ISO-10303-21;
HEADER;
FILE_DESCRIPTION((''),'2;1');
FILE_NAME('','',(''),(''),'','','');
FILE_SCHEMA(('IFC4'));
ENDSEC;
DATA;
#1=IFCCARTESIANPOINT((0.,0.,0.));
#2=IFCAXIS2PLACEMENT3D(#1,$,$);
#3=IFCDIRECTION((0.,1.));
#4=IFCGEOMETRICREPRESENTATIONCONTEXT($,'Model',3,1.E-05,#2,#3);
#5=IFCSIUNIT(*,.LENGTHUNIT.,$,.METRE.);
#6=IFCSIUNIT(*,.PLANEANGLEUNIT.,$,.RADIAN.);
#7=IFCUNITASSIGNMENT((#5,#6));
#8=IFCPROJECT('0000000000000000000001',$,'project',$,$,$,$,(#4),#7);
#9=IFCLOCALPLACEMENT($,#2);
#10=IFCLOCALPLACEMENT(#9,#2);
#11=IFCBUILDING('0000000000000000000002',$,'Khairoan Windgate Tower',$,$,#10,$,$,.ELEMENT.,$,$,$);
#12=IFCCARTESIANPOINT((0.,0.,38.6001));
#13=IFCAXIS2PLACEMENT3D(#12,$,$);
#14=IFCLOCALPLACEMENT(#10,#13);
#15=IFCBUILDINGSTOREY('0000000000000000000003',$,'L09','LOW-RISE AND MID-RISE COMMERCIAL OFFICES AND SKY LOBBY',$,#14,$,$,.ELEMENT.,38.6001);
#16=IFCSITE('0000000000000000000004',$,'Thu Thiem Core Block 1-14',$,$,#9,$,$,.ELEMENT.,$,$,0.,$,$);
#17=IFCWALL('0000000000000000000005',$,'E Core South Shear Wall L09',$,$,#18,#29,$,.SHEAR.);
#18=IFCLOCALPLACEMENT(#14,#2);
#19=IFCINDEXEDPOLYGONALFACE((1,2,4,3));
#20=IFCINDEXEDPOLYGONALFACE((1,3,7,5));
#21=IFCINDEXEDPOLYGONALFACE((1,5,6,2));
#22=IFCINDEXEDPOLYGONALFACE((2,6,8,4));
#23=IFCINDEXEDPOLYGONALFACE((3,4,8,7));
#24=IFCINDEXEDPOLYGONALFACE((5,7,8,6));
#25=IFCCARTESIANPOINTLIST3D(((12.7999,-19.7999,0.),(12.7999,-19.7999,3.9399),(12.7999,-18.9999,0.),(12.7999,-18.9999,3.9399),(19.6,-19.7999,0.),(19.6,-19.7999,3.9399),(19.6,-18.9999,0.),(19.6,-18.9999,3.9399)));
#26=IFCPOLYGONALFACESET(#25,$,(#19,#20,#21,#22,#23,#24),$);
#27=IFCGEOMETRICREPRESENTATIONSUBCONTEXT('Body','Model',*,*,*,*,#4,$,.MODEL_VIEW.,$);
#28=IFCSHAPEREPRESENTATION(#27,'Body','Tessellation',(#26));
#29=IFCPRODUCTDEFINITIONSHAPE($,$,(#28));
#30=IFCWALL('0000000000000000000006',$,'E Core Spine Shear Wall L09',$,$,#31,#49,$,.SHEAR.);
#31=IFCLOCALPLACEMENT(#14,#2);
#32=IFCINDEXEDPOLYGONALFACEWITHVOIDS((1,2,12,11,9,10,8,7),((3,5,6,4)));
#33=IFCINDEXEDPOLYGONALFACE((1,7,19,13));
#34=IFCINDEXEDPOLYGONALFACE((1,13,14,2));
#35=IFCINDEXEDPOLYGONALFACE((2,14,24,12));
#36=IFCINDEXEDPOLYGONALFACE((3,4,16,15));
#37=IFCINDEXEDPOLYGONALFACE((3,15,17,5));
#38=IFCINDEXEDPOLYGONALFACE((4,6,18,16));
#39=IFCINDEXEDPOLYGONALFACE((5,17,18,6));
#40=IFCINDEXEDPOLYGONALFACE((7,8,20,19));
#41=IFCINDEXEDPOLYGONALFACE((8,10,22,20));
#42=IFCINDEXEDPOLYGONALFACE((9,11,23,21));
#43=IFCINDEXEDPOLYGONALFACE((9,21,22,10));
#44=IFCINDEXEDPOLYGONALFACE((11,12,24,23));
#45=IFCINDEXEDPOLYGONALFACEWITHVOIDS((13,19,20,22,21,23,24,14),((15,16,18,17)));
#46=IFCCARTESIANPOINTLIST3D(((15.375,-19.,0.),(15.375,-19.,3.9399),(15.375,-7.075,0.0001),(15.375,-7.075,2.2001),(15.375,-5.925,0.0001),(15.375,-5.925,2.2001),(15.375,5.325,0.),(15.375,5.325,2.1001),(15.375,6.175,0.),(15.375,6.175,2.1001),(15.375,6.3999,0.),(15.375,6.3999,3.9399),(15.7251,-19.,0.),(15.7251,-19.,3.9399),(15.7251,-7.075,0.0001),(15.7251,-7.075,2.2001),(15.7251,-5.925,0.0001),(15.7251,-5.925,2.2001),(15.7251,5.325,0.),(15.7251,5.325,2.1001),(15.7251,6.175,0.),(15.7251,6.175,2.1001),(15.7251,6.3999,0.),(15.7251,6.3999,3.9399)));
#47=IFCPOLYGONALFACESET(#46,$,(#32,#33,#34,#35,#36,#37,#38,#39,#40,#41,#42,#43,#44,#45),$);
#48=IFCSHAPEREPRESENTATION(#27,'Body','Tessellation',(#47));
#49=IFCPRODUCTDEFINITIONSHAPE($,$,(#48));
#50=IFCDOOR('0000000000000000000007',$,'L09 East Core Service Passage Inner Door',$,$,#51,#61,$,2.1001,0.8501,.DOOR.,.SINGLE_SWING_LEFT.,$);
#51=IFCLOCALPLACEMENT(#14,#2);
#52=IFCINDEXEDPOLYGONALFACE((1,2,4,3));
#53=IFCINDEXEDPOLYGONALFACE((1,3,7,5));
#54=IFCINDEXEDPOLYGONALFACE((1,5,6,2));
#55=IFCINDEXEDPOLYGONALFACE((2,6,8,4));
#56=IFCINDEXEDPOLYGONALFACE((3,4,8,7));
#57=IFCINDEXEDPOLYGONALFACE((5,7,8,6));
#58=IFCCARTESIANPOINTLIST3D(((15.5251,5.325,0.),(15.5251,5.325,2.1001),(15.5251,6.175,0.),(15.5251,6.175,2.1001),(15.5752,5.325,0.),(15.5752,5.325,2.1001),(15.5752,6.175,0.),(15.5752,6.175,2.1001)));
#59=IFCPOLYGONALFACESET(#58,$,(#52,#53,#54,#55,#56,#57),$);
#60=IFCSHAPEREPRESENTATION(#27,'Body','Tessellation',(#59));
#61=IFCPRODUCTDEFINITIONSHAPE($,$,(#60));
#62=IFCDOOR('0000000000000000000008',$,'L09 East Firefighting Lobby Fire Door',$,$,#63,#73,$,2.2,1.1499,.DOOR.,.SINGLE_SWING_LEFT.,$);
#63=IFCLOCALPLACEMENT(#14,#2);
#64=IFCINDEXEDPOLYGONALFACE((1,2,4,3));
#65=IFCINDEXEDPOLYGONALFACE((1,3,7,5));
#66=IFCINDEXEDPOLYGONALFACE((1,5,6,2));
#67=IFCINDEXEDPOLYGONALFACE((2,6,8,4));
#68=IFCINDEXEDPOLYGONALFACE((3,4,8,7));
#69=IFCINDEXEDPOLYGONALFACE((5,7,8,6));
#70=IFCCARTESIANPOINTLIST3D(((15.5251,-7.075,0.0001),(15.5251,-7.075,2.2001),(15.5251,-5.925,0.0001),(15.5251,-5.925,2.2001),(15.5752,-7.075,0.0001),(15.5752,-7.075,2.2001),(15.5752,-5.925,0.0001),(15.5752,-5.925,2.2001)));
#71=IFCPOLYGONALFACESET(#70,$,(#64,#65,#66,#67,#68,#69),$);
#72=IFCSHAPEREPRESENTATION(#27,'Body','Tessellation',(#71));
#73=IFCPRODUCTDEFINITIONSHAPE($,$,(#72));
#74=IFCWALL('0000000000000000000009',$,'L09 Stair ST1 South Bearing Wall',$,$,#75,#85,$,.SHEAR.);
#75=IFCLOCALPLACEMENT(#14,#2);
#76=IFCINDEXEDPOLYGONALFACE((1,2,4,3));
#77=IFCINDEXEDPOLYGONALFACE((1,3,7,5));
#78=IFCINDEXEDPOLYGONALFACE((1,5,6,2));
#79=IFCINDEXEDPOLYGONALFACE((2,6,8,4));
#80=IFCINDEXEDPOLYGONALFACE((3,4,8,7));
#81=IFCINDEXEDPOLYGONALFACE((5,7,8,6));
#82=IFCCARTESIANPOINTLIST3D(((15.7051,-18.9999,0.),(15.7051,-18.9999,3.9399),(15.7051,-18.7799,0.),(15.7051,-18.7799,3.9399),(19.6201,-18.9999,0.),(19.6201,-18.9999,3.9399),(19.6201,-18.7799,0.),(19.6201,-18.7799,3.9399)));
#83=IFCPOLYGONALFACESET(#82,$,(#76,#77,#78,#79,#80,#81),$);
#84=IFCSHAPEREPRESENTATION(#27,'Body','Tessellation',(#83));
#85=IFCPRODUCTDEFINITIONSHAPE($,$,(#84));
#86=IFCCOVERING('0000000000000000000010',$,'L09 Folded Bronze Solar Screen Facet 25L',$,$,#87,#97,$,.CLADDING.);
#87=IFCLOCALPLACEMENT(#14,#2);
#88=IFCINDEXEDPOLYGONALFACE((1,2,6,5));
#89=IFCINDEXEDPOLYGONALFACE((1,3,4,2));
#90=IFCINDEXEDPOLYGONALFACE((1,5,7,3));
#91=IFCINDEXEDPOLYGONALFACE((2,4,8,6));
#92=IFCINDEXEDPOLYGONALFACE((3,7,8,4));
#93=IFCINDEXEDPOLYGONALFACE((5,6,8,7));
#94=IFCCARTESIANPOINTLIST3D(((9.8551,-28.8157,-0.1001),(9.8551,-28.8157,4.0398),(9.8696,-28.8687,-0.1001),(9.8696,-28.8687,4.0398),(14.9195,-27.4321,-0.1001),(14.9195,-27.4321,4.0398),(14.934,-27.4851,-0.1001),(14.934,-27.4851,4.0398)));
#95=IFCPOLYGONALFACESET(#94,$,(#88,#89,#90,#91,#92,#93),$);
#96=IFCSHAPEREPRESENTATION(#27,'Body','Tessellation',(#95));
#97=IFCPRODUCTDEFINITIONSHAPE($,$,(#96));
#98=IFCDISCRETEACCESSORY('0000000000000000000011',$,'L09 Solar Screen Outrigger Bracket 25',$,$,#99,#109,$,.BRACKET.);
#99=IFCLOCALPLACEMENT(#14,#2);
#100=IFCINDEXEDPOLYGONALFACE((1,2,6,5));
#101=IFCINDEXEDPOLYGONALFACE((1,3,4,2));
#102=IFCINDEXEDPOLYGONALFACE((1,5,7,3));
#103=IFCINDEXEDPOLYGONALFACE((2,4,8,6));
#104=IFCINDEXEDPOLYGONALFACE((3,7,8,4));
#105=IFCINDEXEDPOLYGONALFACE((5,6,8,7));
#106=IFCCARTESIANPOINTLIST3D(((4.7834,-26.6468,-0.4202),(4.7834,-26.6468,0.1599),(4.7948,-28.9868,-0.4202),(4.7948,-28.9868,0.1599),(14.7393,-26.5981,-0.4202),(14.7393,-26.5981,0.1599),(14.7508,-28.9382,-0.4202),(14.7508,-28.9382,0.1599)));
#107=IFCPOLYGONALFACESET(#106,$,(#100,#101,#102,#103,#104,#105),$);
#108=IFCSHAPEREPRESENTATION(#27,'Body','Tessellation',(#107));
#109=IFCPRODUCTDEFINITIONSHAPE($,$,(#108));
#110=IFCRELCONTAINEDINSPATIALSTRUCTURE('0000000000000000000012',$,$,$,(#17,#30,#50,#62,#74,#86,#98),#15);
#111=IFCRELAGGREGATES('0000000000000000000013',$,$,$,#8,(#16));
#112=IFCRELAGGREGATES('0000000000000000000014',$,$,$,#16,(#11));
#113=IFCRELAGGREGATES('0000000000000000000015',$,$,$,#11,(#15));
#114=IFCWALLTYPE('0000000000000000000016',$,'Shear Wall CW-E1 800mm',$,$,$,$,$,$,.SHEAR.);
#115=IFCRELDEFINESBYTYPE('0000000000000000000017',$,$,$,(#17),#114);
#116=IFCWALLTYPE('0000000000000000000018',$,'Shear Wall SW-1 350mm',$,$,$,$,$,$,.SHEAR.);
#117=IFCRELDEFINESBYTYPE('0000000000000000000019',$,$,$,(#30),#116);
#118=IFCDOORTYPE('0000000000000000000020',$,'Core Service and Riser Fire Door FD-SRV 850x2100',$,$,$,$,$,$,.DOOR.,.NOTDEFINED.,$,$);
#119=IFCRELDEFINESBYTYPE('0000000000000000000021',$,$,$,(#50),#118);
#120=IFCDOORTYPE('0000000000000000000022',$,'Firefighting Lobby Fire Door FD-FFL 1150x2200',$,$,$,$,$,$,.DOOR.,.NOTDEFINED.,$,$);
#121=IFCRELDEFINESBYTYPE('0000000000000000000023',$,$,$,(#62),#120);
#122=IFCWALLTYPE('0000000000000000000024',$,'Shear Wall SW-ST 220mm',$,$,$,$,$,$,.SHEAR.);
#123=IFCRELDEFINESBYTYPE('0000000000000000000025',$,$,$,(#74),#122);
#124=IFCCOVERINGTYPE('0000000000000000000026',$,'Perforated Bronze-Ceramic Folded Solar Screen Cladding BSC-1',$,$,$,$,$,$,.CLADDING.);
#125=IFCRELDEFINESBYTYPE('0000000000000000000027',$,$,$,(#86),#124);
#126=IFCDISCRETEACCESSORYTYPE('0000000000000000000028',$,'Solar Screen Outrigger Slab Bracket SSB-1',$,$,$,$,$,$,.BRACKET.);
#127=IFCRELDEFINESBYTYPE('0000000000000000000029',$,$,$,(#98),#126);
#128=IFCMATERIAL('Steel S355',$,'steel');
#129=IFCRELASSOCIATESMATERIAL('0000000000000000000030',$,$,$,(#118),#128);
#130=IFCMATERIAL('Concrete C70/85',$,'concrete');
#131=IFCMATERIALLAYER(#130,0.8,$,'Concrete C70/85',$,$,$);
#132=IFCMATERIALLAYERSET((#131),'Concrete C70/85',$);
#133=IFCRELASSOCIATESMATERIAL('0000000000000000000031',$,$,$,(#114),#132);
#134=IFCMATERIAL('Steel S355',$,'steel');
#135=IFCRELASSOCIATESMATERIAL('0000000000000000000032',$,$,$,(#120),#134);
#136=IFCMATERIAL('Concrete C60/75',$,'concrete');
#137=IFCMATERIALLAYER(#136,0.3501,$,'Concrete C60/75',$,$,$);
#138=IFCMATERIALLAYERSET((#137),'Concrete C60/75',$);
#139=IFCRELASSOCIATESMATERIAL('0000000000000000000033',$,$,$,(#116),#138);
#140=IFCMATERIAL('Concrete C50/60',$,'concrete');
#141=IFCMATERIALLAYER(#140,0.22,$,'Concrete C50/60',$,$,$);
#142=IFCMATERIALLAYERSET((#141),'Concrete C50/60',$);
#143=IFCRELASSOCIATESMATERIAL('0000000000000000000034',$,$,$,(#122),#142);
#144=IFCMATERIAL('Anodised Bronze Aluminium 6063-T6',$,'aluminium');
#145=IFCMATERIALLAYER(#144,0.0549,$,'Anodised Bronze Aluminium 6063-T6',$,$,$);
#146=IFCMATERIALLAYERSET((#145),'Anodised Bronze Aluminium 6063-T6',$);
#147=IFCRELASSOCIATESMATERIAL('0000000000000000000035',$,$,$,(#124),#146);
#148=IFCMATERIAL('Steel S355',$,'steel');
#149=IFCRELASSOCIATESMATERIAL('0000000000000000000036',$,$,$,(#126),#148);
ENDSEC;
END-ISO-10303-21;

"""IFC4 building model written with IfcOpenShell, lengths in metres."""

from ifc_helpers import new_model, si_unit, direction, frame, frame_2d, origin, origin_2d, place, context, subcontext, project, spatial, rectangle, extrude, material, layer, layer_set, type_object, element, fill, save


model = new_model("IFC4")

# Units and contexts
model_context = context("Model", 3, precision=1e-05, world=origin(), true_north=direction((0.0, 1.0)))
body_context = subcontext(model_context, "Body", "Model", "MODEL_VIEW")
ifc_project = project(units=[si_unit("LENGTHUNIT", "METRE"), si_unit("PLANEANGLEUNIT", "RADIAN")], contexts=[model_context])

# Site, building, storey
site_placement = place(None, origin())
site = spatial("IfcSite", under=ifc_project, at=site_placement, Name="Thu Thiem Core Block 1-14", CompositionType="ELEMENT", RefElevation=0.0)
building_placement = place(site_placement, origin())
building = spatial("IfcBuilding", under=site, at=building_placement, Name="Khairoan Windgate Tower", CompositionType="ELEMENT")
storey_placement = place(building_placement, frame((0.0, 0.0, 38.6001)))
storey = spatial("IfcBuildingStorey", under=building, at=storey_placement, Name="L09", Description="LOW-RISE AND MID-RISE COMMERCIAL OFFICES AND SKY LOBBY", CompositionType="ELEMENT", Elevation=38.6001)

# Shared definitions
ifc_material_1 = material(Name="Steel S355", Category="steel")
door_type_1 = type_object("IfcDoorType", Name="Core Service and Riser Fire Door FD-SRV 850x2100", OperationType="NOTDEFINED", PredefinedType="DOOR", material=ifc_material_1)

# Shared definitions
ifc_material_2 = material(Name="Concrete C70/85", Category="concrete")
ifc_layer_1 = layer(ifc_material_2, 0.8, Name="Concrete C70/85")
ifc_layer_set_1 = layer_set([ifc_layer_1], Name="Concrete C70/85")
wall_type_1 = type_object("IfcWallType", Name="Shear Wall CW-E1 800mm", PredefinedType="SHEAR", material=ifc_layer_set_1)
ifc_material_3 = material(Name="Steel S355", Category="steel")
door_type_2 = type_object("IfcDoorType", Name="Firefighting Lobby Fire Door FD-FFL 1150x2200", OperationType="NOTDEFINED", PredefinedType="DOOR", material=ifc_material_3)

# Wall
wall_1_placement = place(storey_placement, frame((12.8, -19.3999, 0.0), z_axis=(0.0, 0.0, 1.0), x_axis=(1.0, 0.0, 0.0)))
element("IfcWall", 1, at=wall_1_placement, inside=storey, type_object=wall_type_1, Name="E Core South Shear Wall L09", PredefinedType="SHEAR", context=body_context, shape_type="SweptSolid", body=[
    extrude(rectangle(XDim=6.8, YDim=0.8, at=frame_2d((3.3999, 0.0))), origin(), (0.0, 0.0, 1.0), 3.9399),
])

# Wall, openings, doors
ifc_material_4 = material(Name="Concrete C60/75", Category="concrete")
ifc_layer_2 = layer(ifc_material_4, 0.3501, Name="Concrete C60/75")
ifc_layer_set_2 = layer_set([ifc_layer_2], Name="Concrete C60/75")
wall_type_2 = type_object("IfcWallType", Name="Shear Wall SW-1 350mm", PredefinedType="SHEAR", material=ifc_layer_set_2)
wall_2_placement = place(storey_placement, frame((15.55, -19.0, 0.0), z_axis=(0.0, 0.0, 1.0), x_axis=(0.0, 1.0, 0.0)))
wall_2 = element("IfcWall", 2, at=wall_2_placement, inside=storey, type_object=wall_type_2, Name="E Core Spine Shear Wall L09", PredefinedType="SHEAR", context=body_context, shape_type="SweptSolid", body=[
    extrude(rectangle(XDim=25.3999, YDim=0.3501, at=frame_2d((12.7, 0.0))), origin(), (0.0, 0.0, 1.0), 3.9399),
])
opening_1_placement = place(wall_2_placement, frame((11.925, 0.0, 0.0)))
opening_1 = element("IfcOpeningElement", 3, at=opening_1_placement, cuts=wall_2, PredefinedType="OPENING", context=body_context, shape_type="SweptSolid", body=[
    extrude(rectangle(XDim=1.1499, YDim=2.2, at=frame_2d((0.575, 1.1001))), frame((0.0, 0.1851, 0.0), z_axis=(0.0, -1.0, 0.0), x_axis=(1.0, 0.0, 0.0)), (0.0, 0.0, 1.0), 0.3701),
])
opening_2_placement = place(wall_2_placement, frame((24.325, 0.0, 0.0)))
opening_2 = element("IfcOpeningElement", 4, at=opening_2_placement, cuts=wall_2, PredefinedType="OPENING", context=body_context, shape_type="SweptSolid", body=[
    extrude(rectangle(XDim=0.8501, YDim=2.1001, at=frame_2d((0.425, 1.05))), frame((0.0, 0.1851, 0.0), z_axis=(0.0, -1.0, 0.0), x_axis=(1.0, 0.0, 0.0)), (0.0, 0.0, 1.0), 0.3701),
])
door_1_placement = place(opening_2_placement, origin())
door_1 = element("IfcDoor", 5, at=door_1_placement, inside=storey, type_object=door_type_1, Name="L09 East Core Service Passage Inner Door", OperationType="SINGLE_SWING_LEFT", OverallHeight=2.1001, OverallWidth=0.8501, PredefinedType="DOOR", context=body_context, shape_type="SweptSolid", body=[
    extrude(rectangle(XDim=0.8501, YDim=2.1001, at=frame_2d((0.425, 1.05))), frame((0.0, 0.0249, 0.0), z_axis=(0.0, -1.0, 0.0), x_axis=(1.0, 0.0, 0.0)), (0.0, 0.0, 1.0), 0.05),
])
fill(opening_2, door_1)
door_2_placement = place(opening_1_placement, origin())
door_2 = element("IfcDoor", 6, at=door_2_placement, inside=storey, type_object=door_type_2, Name="L09 East Firefighting Lobby Fire Door", OperationType="SINGLE_SWING_LEFT", OverallHeight=2.2, OverallWidth=1.1499, PredefinedType="DOOR", context=body_context, shape_type="SweptSolid", body=[
    extrude(rectangle(XDim=1.1499, YDim=2.2, at=frame_2d((0.575, 1.1001))), frame((0.0, 0.0249, 0.0), z_axis=(0.0, -1.0, 0.0), x_axis=(1.0, 0.0, 0.0)), (0.0, 0.0, 1.0), 0.05),
])
fill(opening_1, door_2)

# Wall
ifc_material_5 = material(Name="Concrete C50/60", Category="concrete")
ifc_layer_3 = layer(ifc_material_5, 0.22, Name="Concrete C50/60")
ifc_layer_set_3 = layer_set([ifc_layer_3], Name="Concrete C50/60")
wall_type_3 = type_object("IfcWallType", Name="Shear Wall SW-ST 220mm", PredefinedType="SHEAR", material=ifc_layer_set_3)
wall_3_placement = place(storey_placement, frame((15.7051, -18.8899, 0.0), z_axis=(0.0, 0.0, 1.0), x_axis=(1.0, 0.0, 0.0)))
element("IfcWall", 7, at=wall_3_placement, inside=storey, type_object=wall_type_3, Name="L09 Stair ST1 South Bearing Wall", PredefinedType="SHEAR", context=body_context, shape_type="SweptSolid", body=[
    extrude(rectangle(XDim=3.915, YDim=0.22, at=frame_2d((1.9575, 0.0))), origin(), (0.0, 0.0, 1.0), 3.9399),
])

# Covering
ifc_material_6 = material(Name="Anodised Bronze Aluminium 6063-T6", Category="aluminium")
ifc_layer_4 = layer(ifc_material_6, 0.0549, Name="Anodised Bronze Aluminium 6063-T6")
ifc_layer_set_4 = layer_set([ifc_layer_4], Name="Anodised Bronze Aluminium 6063-T6")
covering_type = type_object("IfcCoveringType", Name="Perforated Bronze-Ceramic Folded Solar Screen Cladding BSC-1", PredefinedType="CLADDING", material=ifc_layer_set_4)
covering_placement = place(storey_placement, frame((12.3945, -28.1504, -0.1001), z_axis=(0.0, 0.0, 1.0), x_axis=(-0.964649, -0.263536, 0.0)))
element("IfcCovering", 8, at=covering_placement, inside=storey, type_object=covering_type, Name="L09 Folded Bronze Solar Screen Facet 25L", PredefinedType="CLADDING", context=body_context, shape_type="SweptSolid", body=[
    extrude(rectangle(XDim=5.25, YDim=0.0549, at=origin_2d()), origin(), (0.0, 0.0, 1.0), 4.1399),
])

# Discrete accessory
ifc_material_7 = material(Name="Steel S355", Category="steel")
discrete_accessory_type = type_object("IfcDiscreteAccessoryType", Name="Solar Screen Outrigger Slab Bracket SSB-1", PredefinedType="BRACKET", material=ifc_material_7)
discrete_accessory_placement = place(storey_placement, frame((9.7671, -27.7925, -0.4202), z_axis=(0.0, 0.0, 1.0), x_axis=(-0.999988, -0.004887, 0.0)))
element("IfcDiscreteAccessory", 9, at=discrete_accessory_placement, inside=storey, type_object=discrete_accessory_type, Name="L09 Solar Screen Outrigger Bracket 25", PredefinedType="BRACKET", context=body_context, shape_type="SweptSolid", body=[
    extrude(rectangle(XDim=9.9561, YDim=2.3401, at=origin_2d()), origin(), (0.0, 0.0, 1.0), 0.5801),
])

save(model, "model.ifc")
